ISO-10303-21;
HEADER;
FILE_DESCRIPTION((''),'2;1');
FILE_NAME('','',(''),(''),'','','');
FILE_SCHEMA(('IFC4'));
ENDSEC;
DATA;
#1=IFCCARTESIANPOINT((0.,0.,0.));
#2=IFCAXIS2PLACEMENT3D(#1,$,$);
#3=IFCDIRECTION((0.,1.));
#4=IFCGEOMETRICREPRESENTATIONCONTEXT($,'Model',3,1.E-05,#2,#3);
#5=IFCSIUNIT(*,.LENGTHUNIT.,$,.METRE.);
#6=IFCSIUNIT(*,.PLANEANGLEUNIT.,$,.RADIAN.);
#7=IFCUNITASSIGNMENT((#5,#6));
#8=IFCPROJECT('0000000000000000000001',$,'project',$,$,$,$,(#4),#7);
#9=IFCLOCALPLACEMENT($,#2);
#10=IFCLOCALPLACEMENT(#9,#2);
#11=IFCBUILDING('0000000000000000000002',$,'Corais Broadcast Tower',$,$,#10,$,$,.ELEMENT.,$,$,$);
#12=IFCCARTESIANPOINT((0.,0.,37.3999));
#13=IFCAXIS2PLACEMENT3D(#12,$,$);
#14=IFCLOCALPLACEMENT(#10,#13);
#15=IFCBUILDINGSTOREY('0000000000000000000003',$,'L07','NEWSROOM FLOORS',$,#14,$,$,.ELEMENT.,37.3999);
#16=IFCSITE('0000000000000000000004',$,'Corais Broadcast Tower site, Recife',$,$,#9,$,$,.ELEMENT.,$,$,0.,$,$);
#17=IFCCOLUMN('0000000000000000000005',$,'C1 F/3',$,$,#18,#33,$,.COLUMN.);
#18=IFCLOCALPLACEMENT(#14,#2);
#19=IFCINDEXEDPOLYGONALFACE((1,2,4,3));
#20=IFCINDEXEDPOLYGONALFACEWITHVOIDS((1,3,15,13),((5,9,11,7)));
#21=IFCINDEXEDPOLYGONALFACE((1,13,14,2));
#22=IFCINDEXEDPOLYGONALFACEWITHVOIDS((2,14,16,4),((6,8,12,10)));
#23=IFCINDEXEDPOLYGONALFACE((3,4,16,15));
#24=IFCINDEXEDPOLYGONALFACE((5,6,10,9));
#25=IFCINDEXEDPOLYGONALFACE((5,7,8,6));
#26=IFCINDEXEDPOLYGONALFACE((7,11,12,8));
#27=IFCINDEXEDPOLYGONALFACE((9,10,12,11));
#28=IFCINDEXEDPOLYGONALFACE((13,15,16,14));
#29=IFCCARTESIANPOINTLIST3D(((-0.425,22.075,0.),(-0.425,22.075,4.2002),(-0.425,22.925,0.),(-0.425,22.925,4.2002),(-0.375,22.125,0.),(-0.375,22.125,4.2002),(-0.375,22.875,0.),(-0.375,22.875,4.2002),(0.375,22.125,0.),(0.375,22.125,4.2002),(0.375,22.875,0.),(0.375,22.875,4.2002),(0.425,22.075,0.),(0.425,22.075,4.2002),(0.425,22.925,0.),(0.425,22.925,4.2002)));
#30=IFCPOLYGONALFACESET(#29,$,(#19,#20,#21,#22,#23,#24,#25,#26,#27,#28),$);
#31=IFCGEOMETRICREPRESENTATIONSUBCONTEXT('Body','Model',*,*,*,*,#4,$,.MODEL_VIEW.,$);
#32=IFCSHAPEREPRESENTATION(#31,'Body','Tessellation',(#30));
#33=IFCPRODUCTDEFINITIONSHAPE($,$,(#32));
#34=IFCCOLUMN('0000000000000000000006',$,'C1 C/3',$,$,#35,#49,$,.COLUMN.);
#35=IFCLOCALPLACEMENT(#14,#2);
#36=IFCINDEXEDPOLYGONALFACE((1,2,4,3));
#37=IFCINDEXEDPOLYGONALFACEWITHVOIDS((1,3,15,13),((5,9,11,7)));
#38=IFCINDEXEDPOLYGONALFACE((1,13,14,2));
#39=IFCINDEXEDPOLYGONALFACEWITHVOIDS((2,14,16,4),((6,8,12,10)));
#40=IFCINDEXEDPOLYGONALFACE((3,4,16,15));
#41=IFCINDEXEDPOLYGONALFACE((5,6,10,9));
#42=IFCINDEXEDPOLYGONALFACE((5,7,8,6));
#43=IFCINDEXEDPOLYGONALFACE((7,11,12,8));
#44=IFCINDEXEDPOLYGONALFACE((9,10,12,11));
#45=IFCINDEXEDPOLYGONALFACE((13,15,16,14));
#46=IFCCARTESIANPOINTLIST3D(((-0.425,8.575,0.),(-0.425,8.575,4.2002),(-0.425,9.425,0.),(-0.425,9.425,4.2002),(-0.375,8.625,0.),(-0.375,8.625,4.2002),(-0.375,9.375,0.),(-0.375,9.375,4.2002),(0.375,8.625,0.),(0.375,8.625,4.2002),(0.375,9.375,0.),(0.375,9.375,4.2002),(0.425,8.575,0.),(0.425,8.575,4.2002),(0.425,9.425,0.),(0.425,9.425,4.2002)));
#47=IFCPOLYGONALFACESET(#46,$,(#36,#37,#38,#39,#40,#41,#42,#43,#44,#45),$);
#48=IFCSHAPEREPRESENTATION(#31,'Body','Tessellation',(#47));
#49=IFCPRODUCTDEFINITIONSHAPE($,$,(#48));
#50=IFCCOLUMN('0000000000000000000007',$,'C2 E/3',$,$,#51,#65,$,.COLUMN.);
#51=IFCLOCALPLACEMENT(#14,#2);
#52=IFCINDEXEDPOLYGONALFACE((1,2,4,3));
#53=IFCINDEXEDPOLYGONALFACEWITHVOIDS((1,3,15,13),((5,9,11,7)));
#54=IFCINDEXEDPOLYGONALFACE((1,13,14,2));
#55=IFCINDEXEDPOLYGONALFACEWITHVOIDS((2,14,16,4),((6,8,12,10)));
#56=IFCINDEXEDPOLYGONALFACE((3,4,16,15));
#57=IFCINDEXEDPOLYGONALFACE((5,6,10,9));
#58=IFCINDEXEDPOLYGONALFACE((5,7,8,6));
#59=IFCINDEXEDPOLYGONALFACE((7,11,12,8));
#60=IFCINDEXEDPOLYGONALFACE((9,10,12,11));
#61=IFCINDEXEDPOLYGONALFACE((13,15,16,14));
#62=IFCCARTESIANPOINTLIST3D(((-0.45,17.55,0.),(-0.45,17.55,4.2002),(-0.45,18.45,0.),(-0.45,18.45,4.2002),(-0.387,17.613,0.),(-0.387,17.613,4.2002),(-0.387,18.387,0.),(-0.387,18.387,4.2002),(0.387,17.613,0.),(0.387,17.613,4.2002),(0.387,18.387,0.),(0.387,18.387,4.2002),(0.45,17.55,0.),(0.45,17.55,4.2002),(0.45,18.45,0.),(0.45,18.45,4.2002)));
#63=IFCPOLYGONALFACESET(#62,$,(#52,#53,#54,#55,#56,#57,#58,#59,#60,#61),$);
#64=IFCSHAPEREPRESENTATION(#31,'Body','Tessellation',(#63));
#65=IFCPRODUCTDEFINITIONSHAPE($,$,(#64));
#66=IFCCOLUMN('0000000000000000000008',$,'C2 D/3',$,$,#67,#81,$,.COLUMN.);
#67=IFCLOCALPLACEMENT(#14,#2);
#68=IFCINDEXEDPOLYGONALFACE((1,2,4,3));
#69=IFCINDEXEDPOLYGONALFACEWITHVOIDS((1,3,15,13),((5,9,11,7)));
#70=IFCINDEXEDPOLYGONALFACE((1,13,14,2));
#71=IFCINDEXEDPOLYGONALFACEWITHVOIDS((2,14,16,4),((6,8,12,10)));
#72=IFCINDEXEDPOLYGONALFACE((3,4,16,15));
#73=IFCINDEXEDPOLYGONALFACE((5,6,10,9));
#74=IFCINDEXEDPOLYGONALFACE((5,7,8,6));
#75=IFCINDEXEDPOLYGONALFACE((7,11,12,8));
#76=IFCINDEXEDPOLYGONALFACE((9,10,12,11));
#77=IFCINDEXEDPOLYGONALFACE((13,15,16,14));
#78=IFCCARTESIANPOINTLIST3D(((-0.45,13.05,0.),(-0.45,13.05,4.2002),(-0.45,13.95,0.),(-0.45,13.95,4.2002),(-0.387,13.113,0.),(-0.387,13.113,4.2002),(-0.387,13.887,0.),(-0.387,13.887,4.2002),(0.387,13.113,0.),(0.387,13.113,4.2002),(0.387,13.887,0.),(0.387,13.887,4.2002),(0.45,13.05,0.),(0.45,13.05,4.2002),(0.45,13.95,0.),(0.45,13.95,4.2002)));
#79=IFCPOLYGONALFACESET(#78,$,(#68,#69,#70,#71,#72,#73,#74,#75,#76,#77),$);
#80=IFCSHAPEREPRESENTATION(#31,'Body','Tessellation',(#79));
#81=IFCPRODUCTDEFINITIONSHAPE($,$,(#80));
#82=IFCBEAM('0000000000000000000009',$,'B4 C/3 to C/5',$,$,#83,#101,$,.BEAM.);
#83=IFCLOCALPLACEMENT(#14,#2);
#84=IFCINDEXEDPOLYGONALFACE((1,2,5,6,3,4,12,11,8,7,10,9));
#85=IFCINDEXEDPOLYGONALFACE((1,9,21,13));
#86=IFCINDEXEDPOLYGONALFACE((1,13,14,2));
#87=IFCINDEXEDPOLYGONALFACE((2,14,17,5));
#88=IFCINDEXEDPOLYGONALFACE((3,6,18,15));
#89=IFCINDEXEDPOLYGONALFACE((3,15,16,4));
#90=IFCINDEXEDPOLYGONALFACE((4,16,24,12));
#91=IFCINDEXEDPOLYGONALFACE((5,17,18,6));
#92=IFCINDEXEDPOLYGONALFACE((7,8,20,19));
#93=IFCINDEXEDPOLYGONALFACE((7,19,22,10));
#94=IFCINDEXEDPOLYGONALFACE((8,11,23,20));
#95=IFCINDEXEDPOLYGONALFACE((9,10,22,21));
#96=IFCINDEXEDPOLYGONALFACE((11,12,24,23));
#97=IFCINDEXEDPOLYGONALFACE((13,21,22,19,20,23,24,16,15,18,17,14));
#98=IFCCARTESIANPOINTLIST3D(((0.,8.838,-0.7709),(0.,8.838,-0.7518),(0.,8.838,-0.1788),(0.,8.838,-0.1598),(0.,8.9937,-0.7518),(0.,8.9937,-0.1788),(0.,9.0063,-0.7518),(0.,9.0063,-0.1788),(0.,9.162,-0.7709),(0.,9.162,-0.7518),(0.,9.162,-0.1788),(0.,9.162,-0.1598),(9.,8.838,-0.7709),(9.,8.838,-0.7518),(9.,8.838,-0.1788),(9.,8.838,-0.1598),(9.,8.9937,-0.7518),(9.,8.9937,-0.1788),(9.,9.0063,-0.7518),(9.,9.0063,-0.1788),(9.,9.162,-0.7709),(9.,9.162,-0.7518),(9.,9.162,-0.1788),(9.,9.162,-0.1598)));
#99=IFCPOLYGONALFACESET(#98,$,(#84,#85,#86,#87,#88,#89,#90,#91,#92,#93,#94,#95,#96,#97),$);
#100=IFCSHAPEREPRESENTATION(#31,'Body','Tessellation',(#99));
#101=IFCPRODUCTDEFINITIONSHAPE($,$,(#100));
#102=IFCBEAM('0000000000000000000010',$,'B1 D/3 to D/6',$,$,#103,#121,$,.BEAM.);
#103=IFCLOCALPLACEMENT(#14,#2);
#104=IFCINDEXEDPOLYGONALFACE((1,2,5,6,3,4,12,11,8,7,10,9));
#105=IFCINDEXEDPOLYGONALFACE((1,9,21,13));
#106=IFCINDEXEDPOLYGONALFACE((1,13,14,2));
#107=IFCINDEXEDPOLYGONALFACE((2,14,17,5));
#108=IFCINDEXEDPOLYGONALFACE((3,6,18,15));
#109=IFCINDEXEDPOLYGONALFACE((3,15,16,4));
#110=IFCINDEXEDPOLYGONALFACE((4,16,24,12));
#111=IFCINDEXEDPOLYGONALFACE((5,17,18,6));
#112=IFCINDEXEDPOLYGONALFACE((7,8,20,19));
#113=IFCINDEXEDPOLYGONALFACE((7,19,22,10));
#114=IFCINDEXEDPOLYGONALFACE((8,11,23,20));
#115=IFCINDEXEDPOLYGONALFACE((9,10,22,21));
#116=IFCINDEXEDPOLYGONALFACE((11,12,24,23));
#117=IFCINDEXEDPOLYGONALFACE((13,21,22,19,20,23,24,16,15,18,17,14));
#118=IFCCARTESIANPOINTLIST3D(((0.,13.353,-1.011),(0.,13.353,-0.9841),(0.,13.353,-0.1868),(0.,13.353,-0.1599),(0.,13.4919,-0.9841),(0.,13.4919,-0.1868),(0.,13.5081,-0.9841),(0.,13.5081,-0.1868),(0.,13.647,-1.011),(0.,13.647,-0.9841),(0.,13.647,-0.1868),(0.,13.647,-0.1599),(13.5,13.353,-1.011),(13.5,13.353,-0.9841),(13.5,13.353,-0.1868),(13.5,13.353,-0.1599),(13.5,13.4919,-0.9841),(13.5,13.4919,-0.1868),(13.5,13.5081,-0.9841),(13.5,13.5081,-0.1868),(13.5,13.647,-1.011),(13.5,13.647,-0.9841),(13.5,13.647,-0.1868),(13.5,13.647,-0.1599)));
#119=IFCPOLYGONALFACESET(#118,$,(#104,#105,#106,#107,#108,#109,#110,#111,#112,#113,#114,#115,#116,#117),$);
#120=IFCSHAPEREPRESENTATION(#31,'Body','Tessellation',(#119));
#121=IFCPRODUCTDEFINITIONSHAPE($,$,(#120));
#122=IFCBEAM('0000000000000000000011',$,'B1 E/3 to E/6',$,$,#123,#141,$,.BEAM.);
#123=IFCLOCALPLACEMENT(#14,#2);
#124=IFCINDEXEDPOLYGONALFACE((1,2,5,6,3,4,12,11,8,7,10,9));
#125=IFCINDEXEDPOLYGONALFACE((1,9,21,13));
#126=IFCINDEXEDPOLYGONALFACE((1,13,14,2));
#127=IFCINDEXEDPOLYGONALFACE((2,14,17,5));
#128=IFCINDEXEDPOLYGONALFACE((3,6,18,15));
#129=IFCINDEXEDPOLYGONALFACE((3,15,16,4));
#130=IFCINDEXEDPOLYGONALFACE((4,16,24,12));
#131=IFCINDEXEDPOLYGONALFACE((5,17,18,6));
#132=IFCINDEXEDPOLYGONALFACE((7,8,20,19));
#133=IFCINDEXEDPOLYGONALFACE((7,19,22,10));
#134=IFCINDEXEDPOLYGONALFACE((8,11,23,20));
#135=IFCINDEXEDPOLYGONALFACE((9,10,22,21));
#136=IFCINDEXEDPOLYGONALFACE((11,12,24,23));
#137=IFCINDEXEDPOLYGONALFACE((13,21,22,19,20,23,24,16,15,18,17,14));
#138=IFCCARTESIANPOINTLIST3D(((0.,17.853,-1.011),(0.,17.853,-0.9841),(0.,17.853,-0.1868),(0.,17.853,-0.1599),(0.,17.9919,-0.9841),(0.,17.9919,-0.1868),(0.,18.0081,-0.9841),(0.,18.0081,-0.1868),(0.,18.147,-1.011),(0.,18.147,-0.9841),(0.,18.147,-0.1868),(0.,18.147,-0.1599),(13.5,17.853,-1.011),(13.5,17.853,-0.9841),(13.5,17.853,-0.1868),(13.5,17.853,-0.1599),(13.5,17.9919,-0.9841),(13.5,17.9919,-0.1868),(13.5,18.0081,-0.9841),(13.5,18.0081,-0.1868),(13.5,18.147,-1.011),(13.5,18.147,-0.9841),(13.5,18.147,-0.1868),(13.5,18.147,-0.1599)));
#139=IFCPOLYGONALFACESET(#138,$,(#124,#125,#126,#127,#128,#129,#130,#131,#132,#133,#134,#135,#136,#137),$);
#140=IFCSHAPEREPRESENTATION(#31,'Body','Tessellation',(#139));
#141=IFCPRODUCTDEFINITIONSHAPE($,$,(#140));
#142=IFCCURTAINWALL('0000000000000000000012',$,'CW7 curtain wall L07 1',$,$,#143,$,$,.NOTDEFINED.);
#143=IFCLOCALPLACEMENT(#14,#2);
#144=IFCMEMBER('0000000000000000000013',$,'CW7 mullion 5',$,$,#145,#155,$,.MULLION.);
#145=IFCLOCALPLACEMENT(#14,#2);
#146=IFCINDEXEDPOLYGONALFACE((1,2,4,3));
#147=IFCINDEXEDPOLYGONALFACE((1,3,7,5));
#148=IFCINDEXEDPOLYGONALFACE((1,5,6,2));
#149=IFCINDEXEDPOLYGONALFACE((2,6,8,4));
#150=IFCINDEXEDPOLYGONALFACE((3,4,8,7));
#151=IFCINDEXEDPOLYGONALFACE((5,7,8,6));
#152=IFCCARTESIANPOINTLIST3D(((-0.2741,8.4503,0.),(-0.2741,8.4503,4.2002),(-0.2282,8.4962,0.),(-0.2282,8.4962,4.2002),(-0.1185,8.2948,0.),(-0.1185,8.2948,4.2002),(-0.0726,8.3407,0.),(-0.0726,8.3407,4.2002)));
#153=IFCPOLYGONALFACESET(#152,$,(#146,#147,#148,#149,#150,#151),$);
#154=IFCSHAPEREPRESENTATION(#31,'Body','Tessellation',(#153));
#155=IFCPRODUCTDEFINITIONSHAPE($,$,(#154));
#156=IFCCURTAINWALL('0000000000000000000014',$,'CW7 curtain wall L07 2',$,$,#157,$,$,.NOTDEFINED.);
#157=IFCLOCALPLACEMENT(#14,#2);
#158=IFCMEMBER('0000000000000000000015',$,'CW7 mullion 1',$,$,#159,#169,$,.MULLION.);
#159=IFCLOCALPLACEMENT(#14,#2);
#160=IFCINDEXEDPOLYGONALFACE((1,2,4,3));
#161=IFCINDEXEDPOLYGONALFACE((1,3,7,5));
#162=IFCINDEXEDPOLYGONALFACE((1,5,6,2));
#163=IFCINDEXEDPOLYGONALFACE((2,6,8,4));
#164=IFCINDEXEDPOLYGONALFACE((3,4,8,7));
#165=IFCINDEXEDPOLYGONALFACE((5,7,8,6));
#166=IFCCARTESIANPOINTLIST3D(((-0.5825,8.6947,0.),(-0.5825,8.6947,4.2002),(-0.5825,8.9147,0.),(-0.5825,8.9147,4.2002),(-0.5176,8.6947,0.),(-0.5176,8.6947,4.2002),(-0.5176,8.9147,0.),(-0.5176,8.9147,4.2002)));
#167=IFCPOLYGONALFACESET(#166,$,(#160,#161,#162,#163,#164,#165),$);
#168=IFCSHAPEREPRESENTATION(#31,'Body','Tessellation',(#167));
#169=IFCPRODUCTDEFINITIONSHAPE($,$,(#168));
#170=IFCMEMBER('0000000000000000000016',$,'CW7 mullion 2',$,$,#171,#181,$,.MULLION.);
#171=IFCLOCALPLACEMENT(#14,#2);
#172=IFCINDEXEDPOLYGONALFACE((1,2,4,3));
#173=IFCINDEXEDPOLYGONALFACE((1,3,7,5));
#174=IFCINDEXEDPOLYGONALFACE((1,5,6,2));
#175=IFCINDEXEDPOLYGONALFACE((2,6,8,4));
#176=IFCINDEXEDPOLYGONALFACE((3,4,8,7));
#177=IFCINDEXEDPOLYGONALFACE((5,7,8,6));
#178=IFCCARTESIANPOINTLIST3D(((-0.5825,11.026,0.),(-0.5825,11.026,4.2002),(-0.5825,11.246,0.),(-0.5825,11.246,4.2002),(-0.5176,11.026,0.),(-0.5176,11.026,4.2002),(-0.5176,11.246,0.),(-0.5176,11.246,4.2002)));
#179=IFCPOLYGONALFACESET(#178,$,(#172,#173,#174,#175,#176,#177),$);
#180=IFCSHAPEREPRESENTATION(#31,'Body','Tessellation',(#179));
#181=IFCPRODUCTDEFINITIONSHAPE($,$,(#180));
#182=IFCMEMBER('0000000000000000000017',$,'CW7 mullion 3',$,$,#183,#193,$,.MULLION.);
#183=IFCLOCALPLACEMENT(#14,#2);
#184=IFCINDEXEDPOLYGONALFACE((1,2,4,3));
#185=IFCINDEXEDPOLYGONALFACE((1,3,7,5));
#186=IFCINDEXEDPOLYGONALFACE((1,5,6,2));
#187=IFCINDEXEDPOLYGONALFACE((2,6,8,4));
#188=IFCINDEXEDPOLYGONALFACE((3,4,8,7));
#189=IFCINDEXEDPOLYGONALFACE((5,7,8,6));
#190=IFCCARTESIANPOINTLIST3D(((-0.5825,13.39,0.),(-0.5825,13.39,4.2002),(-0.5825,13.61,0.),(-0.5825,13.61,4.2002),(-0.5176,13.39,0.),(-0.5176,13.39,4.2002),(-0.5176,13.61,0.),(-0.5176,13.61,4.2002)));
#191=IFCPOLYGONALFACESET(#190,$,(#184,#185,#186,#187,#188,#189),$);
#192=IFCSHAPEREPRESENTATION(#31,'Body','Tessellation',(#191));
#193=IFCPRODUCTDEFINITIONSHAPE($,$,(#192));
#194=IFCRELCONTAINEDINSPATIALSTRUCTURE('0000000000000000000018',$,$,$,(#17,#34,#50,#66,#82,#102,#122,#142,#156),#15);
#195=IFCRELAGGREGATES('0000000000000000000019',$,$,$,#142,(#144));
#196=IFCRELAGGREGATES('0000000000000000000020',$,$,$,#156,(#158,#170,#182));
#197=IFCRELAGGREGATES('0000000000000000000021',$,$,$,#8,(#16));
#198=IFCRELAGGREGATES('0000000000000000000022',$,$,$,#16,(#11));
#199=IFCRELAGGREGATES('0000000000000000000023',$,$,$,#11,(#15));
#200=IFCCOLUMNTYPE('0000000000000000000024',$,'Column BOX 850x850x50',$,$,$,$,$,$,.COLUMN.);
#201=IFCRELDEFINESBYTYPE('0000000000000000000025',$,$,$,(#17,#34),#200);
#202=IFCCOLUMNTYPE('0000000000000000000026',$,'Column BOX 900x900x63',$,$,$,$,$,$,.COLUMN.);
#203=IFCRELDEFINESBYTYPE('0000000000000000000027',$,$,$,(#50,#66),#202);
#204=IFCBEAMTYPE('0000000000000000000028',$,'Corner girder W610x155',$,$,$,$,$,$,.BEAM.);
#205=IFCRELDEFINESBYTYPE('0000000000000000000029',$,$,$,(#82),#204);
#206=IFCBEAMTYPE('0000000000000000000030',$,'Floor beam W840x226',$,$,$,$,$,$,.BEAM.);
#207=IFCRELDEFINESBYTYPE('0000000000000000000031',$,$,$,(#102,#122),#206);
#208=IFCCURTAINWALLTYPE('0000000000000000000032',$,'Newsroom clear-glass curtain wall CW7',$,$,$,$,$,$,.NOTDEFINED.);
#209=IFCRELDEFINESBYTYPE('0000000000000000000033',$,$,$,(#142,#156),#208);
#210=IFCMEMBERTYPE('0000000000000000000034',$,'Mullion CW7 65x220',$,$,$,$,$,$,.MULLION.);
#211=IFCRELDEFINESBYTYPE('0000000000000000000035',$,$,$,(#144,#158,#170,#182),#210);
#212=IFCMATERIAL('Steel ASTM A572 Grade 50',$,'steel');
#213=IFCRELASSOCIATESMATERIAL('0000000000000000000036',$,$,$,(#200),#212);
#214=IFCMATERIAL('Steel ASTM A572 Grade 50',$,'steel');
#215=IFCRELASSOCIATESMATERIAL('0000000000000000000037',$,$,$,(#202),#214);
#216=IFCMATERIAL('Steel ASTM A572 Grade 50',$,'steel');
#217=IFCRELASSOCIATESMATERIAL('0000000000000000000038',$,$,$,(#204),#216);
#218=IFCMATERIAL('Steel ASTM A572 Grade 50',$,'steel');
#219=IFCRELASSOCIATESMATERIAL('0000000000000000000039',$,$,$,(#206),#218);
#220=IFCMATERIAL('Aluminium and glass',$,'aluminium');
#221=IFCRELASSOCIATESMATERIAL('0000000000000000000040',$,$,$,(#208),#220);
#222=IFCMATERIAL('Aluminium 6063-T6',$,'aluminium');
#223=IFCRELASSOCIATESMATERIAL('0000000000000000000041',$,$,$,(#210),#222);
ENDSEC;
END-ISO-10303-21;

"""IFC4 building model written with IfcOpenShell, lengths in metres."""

from ifc_helpers import new_model, si_unit, direction, frame, origin, origin_2d, place, context, subcontext, project, spatial, rectangle, hollow_rectangle, i_section, extrude, material, material_profile, profile_set, type_object, element, aggregate, save


model = new_model("IFC4")

# Units and contexts
model_context = context("Model", 3, precision=1e-05, world=origin(), true_north=direction((0.0, 1.0)))
body_context = subcontext(model_context, "Body", "Model", "MODEL_VIEW")
ifc_project = project(units=[si_unit("LENGTHUNIT", "METRE"), si_unit("PLANEANGLEUNIT", "RADIAN")], contexts=[model_context])

# Site, building, storey
site_placement = place(None, origin())
site = spatial("IfcSite", under=ifc_project, at=site_placement, Name="Corais Broadcast Tower site, Recife", CompositionType="ELEMENT", RefElevation=0.0)
building_placement = place(site_placement, origin())
building = spatial("IfcBuilding", under=site, at=building_placement, Name="Corais Broadcast Tower", CompositionType="ELEMENT")
storey_placement = place(building_placement, frame((0.0, 0.0, 37.3999)))
storey = spatial("IfcBuildingStorey", under=building, at=storey_placement, Name="L07", Description="NEWSROOM FLOORS", CompositionType="ELEMENT", Elevation=37.3999)

# Columns
ifc_material_1 = material(Name="Steel ASTM A572 Grade 50", Category="steel")
ifc_material_profile_1 = material_profile(ifc_material_1, hollow_rectangle(XDim=0.8501, YDim=0.8501, WallThickness=0.05, at=origin_2d()), Name="BOX 850x850x50")
ifc_profile_set_1 = profile_set([ifc_material_profile_1], Name="Steel ASTM A572 Grade 50")
column_type_1 = type_object("IfcColumnType", Name="Column BOX 850x850x50", PredefinedType="COLUMN", material=ifc_profile_set_1)
for number, where, z_axis, x_axis, name in (
    (1, (0.0, 22.5, 0.0), (0.0, 0.0, 1.0), (1.0, 0.0, 0.0), "C1 F/3"),
    (2, (0.0, 9.0, 0.0), (0.0, 0.0, 1.0), (1.0, 0.0, 0.0), "C1 C/3"),
):
    element("IfcColumn", number, at=place(storey_placement, frame(where, z_axis=z_axis, x_axis=x_axis)), inside=storey, type_object=column_type_1, Name=name, PredefinedType="COLUMN", context=body_context, shape_type="SweptSolid", body=[
        extrude(hollow_rectangle(XDim=0.8501, YDim=0.8501, WallThickness=0.05, at=origin_2d()), origin(), (0.0, 0.0, 1.0), 4.2002),
    ])
ifc_material_2 = material(Name="Steel ASTM A572 Grade 50", Category="steel")
ifc_material_profile_2 = material_profile(ifc_material_2, hollow_rectangle(XDim=0.8999, YDim=0.8999, WallThickness=0.063, at=origin_2d()), Name="BOX 900x900x63")
ifc_profile_set_2 = profile_set([ifc_material_profile_2], Name="Steel ASTM A572 Grade 50")
column_type_2 = type_object("IfcColumnType", Name="Column BOX 900x900x63", PredefinedType="COLUMN", material=ifc_profile_set_2)
for number, where, z_axis, x_axis, name in (
    (3, (0.0, 18.0, 0.0), (0.0, 0.0, 1.0), (1.0, 0.0, 0.0), "C2 E/3"),
    (4, (0.0, 13.5, 0.0), (0.0, 0.0, 1.0), (1.0, 0.0, 0.0), "C2 D/3"),
):
    element("IfcColumn", number, at=place(storey_placement, frame(where, z_axis=z_axis, x_axis=x_axis)), inside=storey, type_object=column_type_2, Name=name, PredefinedType="COLUMN", context=body_context, shape_type="SweptSolid", body=[
        extrude(hollow_rectangle(XDim=0.8999, YDim=0.8999, WallThickness=0.063, at=origin_2d()), origin(), (0.0, 0.0, 1.0), 4.2002),
    ])

# Beams
ifc_material_3 = material(Name="Steel ASTM A572 Grade 50", Category="steel")
ifc_material_profile_3 = material_profile(ifc_material_3, i_section(OverallWidth=0.324, OverallDepth=0.6111, WebThickness=0.0127, FlangeThickness=0.019, at=origin_2d()), Name="W610x155")
ifc_profile_set_3 = profile_set([ifc_material_profile_3], Name="Steel ASTM A572 Grade 50")
beam_type_1 = type_object("IfcBeamType", Name="Corner girder W610x155", PredefinedType="BEAM", material=ifc_profile_set_3)
beam_1_placement = place(storey_placement, frame((0.0, 9.0, -0.4653), z_axis=(1.0, 0.0, 0.0), x_axis=(0.0, 1.0, 0.0)))
element("IfcBeam", 5, at=beam_1_placement, inside=storey, type_object=beam_type_1, Name="B4 C/3 to C/5", PredefinedType="BEAM", context=body_context, shape_type="SweptSolid", body=[
    extrude(i_section(OverallWidth=0.324, OverallDepth=0.6111, WebThickness=0.0127, FlangeThickness=0.019, at=origin_2d()), origin(), (0.0, 0.0, 1.0), 9.0),
])
ifc_material_4 = material(Name="Steel ASTM A572 Grade 50", Category="steel")
ifc_material_profile_4 = material_profile(ifc_material_4, i_section(OverallWidth=0.2939, OverallDepth=0.8511, WebThickness=0.0161, FlangeThickness=0.0269, at=origin_2d()), Name="W840x226")
ifc_profile_set_4 = profile_set([ifc_material_profile_4], Name="Steel ASTM A572 Grade 50")
beam_type_2 = type_object("IfcBeamType", Name="Floor beam W840x226", PredefinedType="BEAM", material=ifc_profile_set_4)
for number, where, z_axis, x_axis, name in (
    (6, (0.0, 13.5, -0.5854), (1.0, 0.0, 0.0), (0.0, 1.0, 0.0), "B1 D/3 to D/6"),
    (7, (0.0, 18.0, -0.5854), (1.0, 0.0, 0.0), (0.0, 1.0, 0.0), "B1 E/3 to E/6"),
):
    element("IfcBeam", number, at=place(storey_placement, frame(where, z_axis=z_axis, x_axis=x_axis)), inside=storey, type_object=beam_type_2, Name=name, PredefinedType="BEAM", context=body_context, shape_type="SweptSolid", body=[
        extrude(i_section(OverallWidth=0.2939, OverallDepth=0.8511, WebThickness=0.0161, FlangeThickness=0.0269, at=origin_2d()), origin(), (0.0, 0.0, 1.0), 13.5),
    ])

# Curtain wall, member
ifc_material_5 = material(Name="Aluminium and glass", Category="aluminium")
curtain_wall_type = type_object("IfcCurtainWallType", Name="Newsroom clear-glass curtain wall CW7", PredefinedType="NOTDEFINED", material=ifc_material_5)
curtain_wall_1_placement = place(storey_placement, origin())
curtain_wall_1 = element("IfcCurtainWall", 8, at=curtain_wall_1_placement, inside=storey, type_object=curtain_wall_type, Name="CW7 curtain wall L07 1", PredefinedType="NOTDEFINED")
ifc_material_6 = material(Name="Aluminium 6063-T6", Category="aluminium")
ifc_material_profile_5 = material_profile(ifc_material_6, rectangle(XDim=0.0649, YDim=0.22, at=origin_2d()), Name="Mullion CW7 65x220")
ifc_profile_set_5 = profile_set([ifc_material_profile_5], Name="Aluminium 6063-T6")
member_type_1 = type_object("IfcMemberType", Name="Mullion CW7 65x220", PredefinedType="MULLION", material=ifc_profile_set_5)
member_1_placement = place(storey_placement, frame((-0.1733, 8.3955, 0.0), z_axis=(0.0, 0.0, 1.0), x_axis=(-0.707107, -0.707107, 0.0)))
member_1 = element("IfcMember", 9, at=member_1_placement, type_object=member_type_1, Name="CW7 mullion 5", PredefinedType="MULLION", context=body_context, shape_type="SweptSolid", body=[
    extrude(rectangle(XDim=0.0649, YDim=0.22, at=origin_2d()), origin(), (0.0, 0.0, 1.0), 4.2002),
])
aggregate(curtain_wall_1, [member_1])

# Curtain wall, members
curtain_wall_2_placement = place(storey_placement, origin())
curtain_wall_2 = element("IfcCurtainWall", 10, at=curtain_wall_2_placement, inside=storey, type_object=curtain_wall_type, Name="CW7 curtain wall L07 2", PredefinedType="NOTDEFINED")
member_2_placement = place(storey_placement, frame((-0.55, 8.8047, 0.0), z_axis=(0.0, 0.0, 1.0), x_axis=(-1.0, 0.0, 0.0)))
member_2 = element("IfcMember", 11, at=member_2_placement, type_object=member_type_1, Name="CW7 mullion 1", PredefinedType="MULLION", context=body_context, shape_type="SweptSolid", body=[
    extrude(rectangle(XDim=0.0649, YDim=0.22, at=origin_2d()), origin(), (0.0, 0.0, 1.0), 4.2002),
])
member_3_placement = place(storey_placement, frame((-0.55, 11.136, 0.0), z_axis=(0.0, 0.0, 1.0), x_axis=(-1.0, 0.0, 0.0)))
member_3 = element("IfcMember", 12, at=member_3_placement, type_object=member_type_1, Name="CW7 mullion 2", PredefinedType="MULLION", context=body_context, shape_type="SweptSolid", body=[
    extrude(rectangle(XDim=0.0649, YDim=0.22, at=origin_2d()), origin(), (0.0, 0.0, 1.0), 4.2002),
])
member_4_placement = place(storey_placement, frame((-0.55, 13.5, 0.0), z_axis=(0.0, 0.0, 1.0), x_axis=(-1.0, 0.0, 0.0)))
member_4 = element("IfcMember", 13, at=member_4_placement, type_object=member_type_1, Name="CW7 mullion 3", PredefinedType="MULLION", context=body_context, shape_type="SweptSolid", body=[
    extrude(rectangle(XDim=0.0649, YDim=0.22, at=origin_2d()), origin(), (0.0, 0.0, 1.0), 4.2002),
])

aggregate(curtain_wall_2, [member_2, member_3, member_4])

save(model, "model.ifc")
